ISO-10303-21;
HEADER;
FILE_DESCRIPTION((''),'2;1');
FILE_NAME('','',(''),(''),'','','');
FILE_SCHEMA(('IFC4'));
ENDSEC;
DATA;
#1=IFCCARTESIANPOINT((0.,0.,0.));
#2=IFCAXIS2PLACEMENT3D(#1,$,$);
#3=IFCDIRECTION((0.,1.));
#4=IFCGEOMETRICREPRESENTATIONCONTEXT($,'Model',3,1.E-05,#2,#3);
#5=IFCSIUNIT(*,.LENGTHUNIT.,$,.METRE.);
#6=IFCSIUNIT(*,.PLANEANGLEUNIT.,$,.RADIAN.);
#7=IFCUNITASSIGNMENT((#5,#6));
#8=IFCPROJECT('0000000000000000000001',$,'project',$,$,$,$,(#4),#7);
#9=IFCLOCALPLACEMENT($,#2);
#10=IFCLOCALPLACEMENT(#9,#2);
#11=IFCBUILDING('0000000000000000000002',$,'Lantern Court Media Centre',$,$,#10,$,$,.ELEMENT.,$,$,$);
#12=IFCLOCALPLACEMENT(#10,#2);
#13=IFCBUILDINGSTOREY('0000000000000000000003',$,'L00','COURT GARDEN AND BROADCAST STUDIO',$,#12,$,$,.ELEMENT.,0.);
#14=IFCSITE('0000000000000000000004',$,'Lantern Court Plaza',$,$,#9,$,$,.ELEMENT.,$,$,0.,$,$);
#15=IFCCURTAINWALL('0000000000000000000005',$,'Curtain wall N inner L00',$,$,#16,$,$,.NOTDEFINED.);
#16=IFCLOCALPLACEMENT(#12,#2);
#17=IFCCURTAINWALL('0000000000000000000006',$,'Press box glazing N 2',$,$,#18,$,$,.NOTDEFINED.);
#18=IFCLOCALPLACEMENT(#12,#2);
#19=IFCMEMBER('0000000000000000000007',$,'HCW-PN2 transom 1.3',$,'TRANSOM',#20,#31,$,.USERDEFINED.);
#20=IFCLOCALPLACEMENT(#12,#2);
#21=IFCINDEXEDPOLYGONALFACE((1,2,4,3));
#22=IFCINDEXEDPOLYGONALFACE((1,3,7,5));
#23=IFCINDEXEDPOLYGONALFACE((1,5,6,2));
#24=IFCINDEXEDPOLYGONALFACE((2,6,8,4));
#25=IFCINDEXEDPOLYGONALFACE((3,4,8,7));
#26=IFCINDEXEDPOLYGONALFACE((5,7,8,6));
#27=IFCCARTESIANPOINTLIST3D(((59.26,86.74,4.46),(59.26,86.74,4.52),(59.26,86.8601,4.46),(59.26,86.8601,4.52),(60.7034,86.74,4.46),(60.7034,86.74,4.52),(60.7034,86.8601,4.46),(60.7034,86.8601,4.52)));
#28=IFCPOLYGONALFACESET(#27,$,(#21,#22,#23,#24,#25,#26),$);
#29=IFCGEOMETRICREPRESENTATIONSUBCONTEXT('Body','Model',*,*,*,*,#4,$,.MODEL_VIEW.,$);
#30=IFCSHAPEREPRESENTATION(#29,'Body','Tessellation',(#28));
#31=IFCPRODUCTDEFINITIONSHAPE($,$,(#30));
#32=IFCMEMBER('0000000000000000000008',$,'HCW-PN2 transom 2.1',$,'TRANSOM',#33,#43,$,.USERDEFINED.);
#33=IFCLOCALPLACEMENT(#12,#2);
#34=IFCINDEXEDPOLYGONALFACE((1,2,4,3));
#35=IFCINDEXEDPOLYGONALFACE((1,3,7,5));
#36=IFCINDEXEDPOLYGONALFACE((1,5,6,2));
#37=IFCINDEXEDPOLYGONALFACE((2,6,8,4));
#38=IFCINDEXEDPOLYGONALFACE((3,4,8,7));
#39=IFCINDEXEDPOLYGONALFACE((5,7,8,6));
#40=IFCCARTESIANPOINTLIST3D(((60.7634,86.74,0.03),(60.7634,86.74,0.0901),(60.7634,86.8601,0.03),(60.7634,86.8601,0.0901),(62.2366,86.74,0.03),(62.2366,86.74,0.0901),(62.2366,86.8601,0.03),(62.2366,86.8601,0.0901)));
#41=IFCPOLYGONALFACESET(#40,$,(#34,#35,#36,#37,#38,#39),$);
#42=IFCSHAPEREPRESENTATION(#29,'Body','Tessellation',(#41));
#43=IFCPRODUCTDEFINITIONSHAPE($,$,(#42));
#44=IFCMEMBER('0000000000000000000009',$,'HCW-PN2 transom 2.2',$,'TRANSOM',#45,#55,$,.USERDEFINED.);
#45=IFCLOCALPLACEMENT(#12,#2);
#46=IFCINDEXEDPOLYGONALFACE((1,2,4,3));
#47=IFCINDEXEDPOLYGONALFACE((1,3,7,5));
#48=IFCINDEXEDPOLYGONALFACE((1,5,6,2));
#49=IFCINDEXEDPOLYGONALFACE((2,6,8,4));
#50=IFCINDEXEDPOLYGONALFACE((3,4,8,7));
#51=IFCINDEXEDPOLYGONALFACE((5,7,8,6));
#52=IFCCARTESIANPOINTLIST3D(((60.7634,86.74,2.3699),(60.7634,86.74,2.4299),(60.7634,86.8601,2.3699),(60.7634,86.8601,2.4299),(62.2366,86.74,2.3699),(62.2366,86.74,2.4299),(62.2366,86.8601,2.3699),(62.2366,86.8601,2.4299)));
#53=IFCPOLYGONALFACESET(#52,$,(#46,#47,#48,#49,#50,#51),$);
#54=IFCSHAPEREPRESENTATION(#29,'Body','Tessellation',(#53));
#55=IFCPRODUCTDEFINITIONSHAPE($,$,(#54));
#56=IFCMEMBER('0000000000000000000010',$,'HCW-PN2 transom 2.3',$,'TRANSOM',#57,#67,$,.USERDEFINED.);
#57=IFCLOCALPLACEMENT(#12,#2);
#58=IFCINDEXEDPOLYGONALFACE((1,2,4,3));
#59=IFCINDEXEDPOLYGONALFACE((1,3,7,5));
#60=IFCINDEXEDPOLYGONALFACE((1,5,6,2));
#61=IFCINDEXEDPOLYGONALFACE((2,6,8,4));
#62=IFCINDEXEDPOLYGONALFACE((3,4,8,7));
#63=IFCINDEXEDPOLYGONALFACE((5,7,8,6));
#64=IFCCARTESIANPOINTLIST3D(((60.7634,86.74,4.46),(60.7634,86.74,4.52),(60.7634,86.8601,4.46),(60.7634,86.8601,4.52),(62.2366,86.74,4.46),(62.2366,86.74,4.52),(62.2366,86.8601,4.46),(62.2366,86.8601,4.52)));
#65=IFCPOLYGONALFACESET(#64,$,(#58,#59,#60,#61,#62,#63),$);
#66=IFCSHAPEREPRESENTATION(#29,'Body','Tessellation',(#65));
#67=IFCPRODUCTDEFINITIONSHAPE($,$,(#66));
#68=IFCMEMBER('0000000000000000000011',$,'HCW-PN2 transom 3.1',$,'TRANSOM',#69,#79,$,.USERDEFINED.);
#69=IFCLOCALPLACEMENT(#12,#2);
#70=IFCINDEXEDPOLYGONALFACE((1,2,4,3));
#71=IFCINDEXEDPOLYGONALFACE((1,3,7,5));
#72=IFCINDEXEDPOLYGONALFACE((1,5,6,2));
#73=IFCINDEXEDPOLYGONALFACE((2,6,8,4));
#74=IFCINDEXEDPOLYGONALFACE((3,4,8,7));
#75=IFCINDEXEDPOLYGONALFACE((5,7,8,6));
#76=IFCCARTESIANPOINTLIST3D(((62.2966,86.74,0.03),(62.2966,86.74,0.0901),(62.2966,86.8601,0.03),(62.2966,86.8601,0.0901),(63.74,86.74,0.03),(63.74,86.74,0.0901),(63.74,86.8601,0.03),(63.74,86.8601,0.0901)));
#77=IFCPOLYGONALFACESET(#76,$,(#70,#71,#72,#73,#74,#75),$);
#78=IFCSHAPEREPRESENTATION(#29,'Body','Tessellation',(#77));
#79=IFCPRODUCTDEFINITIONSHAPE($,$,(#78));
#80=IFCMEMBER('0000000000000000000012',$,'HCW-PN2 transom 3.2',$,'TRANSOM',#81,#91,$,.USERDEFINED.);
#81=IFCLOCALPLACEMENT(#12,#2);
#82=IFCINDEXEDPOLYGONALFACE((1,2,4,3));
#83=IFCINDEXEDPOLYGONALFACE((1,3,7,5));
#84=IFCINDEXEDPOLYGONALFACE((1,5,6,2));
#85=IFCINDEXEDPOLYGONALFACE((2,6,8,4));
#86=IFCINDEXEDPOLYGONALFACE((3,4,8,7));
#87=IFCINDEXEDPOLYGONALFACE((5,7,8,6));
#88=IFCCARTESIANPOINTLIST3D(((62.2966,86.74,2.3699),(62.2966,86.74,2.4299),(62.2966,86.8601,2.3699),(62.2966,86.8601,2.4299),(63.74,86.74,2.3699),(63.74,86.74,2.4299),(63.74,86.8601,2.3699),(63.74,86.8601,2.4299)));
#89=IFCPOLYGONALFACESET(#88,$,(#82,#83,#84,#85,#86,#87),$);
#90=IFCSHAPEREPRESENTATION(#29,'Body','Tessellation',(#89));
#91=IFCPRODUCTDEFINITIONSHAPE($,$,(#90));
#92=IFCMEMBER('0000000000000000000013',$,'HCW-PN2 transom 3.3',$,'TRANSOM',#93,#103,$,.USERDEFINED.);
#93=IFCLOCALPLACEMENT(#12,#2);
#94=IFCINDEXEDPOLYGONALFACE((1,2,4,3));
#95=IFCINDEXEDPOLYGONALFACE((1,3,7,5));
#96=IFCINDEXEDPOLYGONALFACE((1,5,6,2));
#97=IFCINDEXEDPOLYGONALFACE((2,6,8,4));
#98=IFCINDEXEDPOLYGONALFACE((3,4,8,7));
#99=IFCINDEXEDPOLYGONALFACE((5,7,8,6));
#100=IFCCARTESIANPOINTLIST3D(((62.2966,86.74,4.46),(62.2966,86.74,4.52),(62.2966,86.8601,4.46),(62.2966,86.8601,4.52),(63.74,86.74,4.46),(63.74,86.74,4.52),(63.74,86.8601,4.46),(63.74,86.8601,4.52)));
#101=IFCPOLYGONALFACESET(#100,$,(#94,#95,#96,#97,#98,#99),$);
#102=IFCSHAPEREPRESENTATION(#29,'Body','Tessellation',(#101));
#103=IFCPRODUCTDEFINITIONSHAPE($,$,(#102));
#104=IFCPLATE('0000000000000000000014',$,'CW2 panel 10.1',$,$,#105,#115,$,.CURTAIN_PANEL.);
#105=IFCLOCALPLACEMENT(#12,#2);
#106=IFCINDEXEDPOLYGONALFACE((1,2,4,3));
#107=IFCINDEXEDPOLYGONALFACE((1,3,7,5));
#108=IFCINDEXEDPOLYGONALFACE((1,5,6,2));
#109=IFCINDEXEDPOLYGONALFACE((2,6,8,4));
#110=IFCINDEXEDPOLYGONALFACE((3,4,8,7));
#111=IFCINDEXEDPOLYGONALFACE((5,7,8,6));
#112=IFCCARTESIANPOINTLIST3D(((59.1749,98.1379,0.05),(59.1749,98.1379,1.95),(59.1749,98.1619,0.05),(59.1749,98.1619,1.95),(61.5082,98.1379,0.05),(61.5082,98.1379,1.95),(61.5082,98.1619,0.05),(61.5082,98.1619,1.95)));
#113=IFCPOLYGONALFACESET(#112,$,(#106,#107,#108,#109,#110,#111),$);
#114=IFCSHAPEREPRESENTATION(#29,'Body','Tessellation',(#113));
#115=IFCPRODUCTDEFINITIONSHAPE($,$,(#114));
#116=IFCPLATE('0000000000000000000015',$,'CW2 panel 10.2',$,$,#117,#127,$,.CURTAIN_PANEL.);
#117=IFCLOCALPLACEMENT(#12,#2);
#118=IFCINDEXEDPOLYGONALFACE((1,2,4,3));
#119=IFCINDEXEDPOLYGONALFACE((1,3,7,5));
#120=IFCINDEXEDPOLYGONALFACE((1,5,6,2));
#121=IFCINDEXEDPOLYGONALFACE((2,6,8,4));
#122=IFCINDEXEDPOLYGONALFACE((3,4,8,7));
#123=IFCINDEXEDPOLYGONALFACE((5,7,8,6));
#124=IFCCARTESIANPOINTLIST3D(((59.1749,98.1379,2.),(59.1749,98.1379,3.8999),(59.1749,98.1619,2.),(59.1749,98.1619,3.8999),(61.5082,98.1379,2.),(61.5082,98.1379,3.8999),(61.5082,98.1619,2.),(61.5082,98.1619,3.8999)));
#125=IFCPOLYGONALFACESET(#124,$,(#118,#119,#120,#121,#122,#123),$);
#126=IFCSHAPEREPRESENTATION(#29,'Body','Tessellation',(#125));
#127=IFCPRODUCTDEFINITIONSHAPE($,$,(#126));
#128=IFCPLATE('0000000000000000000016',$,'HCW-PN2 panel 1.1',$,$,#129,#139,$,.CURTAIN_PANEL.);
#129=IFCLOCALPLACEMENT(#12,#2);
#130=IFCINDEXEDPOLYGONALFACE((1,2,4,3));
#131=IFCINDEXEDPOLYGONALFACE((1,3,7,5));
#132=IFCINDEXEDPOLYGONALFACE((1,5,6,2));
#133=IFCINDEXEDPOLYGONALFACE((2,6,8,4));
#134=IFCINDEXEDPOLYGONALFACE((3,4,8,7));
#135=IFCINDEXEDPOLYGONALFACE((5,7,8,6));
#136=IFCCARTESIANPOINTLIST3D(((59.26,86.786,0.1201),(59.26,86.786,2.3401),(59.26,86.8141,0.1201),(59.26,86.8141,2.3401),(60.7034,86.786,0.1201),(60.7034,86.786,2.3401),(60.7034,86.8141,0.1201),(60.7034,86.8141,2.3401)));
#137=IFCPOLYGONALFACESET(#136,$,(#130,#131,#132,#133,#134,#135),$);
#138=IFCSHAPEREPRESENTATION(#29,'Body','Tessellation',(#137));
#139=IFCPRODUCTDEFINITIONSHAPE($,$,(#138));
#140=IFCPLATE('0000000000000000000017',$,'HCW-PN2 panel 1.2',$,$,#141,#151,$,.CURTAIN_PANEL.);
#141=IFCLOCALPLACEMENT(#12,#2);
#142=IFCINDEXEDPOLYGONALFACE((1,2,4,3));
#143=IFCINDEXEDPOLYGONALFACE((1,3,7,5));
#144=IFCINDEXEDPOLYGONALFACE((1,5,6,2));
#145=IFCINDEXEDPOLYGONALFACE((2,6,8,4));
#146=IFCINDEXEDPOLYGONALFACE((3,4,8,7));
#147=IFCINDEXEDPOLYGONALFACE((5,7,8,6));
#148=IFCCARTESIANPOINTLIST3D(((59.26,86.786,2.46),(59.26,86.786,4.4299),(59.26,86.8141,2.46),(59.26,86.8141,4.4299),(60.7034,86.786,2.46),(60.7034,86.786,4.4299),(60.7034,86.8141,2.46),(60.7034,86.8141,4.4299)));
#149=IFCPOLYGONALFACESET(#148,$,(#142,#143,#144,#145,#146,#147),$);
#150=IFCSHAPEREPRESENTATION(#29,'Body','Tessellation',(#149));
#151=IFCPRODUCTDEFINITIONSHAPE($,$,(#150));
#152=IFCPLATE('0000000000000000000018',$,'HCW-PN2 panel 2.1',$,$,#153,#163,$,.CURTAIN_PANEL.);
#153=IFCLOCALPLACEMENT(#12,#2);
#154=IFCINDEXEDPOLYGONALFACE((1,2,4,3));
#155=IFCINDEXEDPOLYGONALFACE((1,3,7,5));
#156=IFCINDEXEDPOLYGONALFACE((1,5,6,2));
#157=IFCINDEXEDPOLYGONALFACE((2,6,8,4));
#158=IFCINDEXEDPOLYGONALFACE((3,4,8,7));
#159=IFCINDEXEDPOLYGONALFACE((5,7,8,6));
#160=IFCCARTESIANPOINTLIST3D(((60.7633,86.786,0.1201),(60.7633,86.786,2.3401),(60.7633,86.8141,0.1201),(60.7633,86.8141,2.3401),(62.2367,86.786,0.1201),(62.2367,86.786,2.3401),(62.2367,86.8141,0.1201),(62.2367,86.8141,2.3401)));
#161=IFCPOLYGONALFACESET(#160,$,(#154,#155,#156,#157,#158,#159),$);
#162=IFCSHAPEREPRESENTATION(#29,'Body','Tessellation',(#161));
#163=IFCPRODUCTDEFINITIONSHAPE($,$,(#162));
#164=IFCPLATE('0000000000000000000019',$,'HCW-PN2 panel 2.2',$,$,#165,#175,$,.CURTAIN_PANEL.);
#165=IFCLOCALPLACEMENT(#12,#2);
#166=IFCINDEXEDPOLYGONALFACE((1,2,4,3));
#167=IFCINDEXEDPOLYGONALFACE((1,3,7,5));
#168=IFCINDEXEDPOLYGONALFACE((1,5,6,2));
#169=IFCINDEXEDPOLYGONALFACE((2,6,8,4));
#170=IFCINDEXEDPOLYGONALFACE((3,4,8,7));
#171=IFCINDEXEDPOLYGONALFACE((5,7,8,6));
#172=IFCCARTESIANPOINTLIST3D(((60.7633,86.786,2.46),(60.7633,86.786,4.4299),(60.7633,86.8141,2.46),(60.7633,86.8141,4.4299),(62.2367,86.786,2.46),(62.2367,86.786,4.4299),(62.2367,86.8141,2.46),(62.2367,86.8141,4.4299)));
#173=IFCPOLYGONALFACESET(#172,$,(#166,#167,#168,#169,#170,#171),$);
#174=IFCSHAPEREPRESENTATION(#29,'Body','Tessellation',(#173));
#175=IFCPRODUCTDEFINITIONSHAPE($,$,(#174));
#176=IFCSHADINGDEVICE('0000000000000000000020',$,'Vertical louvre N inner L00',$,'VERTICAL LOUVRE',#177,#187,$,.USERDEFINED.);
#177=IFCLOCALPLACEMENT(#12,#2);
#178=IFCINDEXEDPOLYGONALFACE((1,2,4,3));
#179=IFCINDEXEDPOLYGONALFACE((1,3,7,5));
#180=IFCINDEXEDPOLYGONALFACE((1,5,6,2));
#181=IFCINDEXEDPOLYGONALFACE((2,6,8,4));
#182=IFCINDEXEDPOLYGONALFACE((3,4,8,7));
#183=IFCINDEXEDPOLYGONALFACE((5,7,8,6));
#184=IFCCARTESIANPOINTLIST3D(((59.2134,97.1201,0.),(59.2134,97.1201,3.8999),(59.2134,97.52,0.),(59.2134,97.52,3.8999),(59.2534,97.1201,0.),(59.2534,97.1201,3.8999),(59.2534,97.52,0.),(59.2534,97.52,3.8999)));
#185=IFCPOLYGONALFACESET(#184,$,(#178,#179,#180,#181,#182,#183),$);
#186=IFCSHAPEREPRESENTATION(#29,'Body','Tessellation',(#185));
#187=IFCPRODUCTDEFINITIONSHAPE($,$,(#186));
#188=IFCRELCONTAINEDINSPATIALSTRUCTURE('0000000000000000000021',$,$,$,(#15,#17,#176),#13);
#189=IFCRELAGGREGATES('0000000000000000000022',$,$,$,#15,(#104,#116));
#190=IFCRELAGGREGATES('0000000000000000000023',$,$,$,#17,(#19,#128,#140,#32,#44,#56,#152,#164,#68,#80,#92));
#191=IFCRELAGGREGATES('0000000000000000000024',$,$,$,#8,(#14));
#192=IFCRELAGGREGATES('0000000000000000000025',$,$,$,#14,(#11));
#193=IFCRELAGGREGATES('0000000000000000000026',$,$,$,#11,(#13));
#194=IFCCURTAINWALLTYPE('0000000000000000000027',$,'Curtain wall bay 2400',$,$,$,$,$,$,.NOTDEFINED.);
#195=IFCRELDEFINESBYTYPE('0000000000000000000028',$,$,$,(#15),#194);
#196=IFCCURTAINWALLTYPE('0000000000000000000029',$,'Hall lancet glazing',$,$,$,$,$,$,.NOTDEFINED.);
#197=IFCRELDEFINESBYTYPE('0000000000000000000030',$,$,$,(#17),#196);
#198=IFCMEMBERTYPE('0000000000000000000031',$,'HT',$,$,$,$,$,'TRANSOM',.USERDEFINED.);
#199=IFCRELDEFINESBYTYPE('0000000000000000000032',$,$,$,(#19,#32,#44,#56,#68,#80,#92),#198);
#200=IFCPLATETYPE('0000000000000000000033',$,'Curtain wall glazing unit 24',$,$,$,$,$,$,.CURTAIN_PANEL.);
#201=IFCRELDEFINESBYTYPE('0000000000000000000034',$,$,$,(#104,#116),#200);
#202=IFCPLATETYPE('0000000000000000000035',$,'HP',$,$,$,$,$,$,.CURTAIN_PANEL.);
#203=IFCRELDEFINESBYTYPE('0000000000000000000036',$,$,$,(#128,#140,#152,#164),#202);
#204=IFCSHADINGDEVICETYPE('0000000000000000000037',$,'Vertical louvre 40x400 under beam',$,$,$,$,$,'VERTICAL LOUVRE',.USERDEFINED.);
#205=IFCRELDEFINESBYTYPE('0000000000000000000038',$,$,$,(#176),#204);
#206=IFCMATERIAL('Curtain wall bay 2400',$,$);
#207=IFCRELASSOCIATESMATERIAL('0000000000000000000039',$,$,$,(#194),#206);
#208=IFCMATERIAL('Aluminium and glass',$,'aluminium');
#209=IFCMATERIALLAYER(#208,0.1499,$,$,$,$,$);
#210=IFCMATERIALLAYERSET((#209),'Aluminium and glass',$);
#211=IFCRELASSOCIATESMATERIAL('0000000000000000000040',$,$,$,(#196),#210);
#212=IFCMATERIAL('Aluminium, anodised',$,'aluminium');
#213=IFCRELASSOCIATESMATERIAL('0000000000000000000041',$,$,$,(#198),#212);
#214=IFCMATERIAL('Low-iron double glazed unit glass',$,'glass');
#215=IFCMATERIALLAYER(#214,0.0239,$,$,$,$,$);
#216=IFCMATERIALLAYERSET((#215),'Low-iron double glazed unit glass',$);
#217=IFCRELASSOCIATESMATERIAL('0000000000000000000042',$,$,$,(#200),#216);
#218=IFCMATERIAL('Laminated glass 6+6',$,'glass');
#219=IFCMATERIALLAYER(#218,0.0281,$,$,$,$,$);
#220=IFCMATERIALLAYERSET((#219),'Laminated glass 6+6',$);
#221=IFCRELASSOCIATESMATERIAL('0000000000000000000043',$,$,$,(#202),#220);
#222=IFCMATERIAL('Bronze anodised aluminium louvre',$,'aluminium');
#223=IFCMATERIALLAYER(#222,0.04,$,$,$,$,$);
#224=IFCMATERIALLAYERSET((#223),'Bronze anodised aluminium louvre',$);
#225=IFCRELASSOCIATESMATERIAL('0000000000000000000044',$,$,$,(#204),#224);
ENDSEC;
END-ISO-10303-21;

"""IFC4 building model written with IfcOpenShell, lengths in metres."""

from ifc_helpers import new_model, si_unit, direction, frame, origin, origin_2d, place, context, subcontext, project, spatial, rectangle, extrude, material, layer, layer_set, material_profile, profile_set, type_object, element, aggregate, save


model = new_model("IFC4")

# Units and contexts
model_context = context("Model", 3, precision=1e-05, world=origin(), true_north=direction((0.0, 1.0)))
body_context = subcontext(model_context, "Body", "Model", "MODEL_VIEW")
ifc_project = project(units=[si_unit("LENGTHUNIT", "METRE"), si_unit("PLANEANGLEUNIT", "RADIAN")], contexts=[model_context])

# Site, building, storey
site_placement = place(None, origin())
site = spatial("IfcSite", under=ifc_project, at=site_placement, Name="Lantern Court Plaza", CompositionType="ELEMENT", RefElevation=0.0)
building_placement = place(site_placement, origin())
building = spatial("IfcBuilding", under=site, at=building_placement, Name="Lantern Court Media Centre", CompositionType="ELEMENT")
storey_placement = place(building_placement, origin())
storey = spatial("IfcBuildingStorey", under=building, at=storey_placement, Name="L00", Description="COURT GARDEN AND BROADCAST STUDIO", CompositionType="ELEMENT", Elevation=0.0)

# Curtain walls, members
ifc_material_1 = material(Name="Curtain wall bay 2400")
curtain_wall_type_1 = type_object("IfcCurtainWallType", Name="Curtain wall bay 2400", PredefinedType="NOTDEFINED", material=ifc_material_1)
curtain_wall_1_placement = place(storey_placement, origin())
curtain_wall_1 = element("IfcCurtainWall", 1, at=curtain_wall_1_placement, inside=storey, type_object=curtain_wall_type_1, Name="Curtain wall N inner L00", PredefinedType="NOTDEFINED")
ifc_material_2 = material(Name="Aluminium and glass", Category="aluminium")
ifc_layer_1 = layer(ifc_material_2, 0.1499)
ifc_layer_set_1 = layer_set([ifc_layer_1], Name="Aluminium and glass")
curtain_wall_type_2 = type_object("IfcCurtainWallType", Name="Hall lancet glazing", PredefinedType="NOTDEFINED", material=ifc_layer_set_1)
curtain_wall_2_placement = place(storey_placement, origin())
curtain_wall_2 = element("IfcCurtainWall", 2, at=curtain_wall_2_placement, inside=storey, type_object=curtain_wall_type_2, Name="Press box glazing N 2", PredefinedType="NOTDEFINED")
ifc_material_3 = material(Name="Aluminium, anodised", Category="aluminium")
ifc_material_profile_1 = material_profile(ifc_material_3, rectangle(XDim=0.1201, YDim=0.0601, at=origin_2d()), Name="HT")
ifc_profile_set_1 = profile_set([ifc_material_profile_1], Name="Aluminium, anodised")
member_type_1 = type_object("IfcMemberType", Name="HT", ElementType="TRANSOM", PredefinedType="USERDEFINED", material=ifc_profile_set_1)
member_1_placement = place(storey_placement, frame((59.26, 86.8, 4.49), z_axis=(1.0, 0.0, 0.0), x_axis=(0.0, 1.0, 0.0)))
member_1 = element("IfcMember", 3, at=member_1_placement, type_object=member_type_1, Name="HCW-PN2 transom 1.3", ObjectType="TRANSOM", PredefinedType="USERDEFINED", context=body_context, shape_type="SweptSolid", body=[
    extrude(rectangle(XDim=0.1201, YDim=0.0601, at=origin_2d()), origin(), (0.0, 0.0, 1.0), 1.4434),
])
member_2_placement = place(storey_placement, frame((60.7634, 86.8, 0.0601), z_axis=(1.0, 0.0, 0.0), x_axis=(0.0, 1.0, 0.0)))
member_2 = element("IfcMember", 4, at=member_2_placement, type_object=member_type_1, Name="HCW-PN2 transom 2.1", ObjectType="TRANSOM", PredefinedType="USERDEFINED", context=body_context, shape_type="SweptSolid", body=[
    extrude(rectangle(XDim=0.1201, YDim=0.0601, at=origin_2d()), origin(), (0.0, 0.0, 1.0), 1.4731),
])
member_3_placement = place(storey_placement, frame((60.7634, 86.8, 2.3999), z_axis=(1.0, 0.0, 0.0), x_axis=(0.0, 1.0, 0.0)))
member_3 = element("IfcMember", 5, at=member_3_placement, type_object=member_type_1, Name="HCW-PN2 transom 2.2", ObjectType="TRANSOM", PredefinedType="USERDEFINED", context=body_context, shape_type="SweptSolid", body=[
    extrude(rectangle(XDim=0.1201, YDim=0.0601, at=origin_2d()), origin(), (0.0, 0.0, 1.0), 1.4731),
])
member_4_placement = place(storey_placement, frame((60.7634, 86.8, 4.49), z_axis=(1.0, 0.0, 0.0), x_axis=(0.0, 1.0, 0.0)))
member_4 = element("IfcMember", 6, at=member_4_placement, type_object=member_type_1, Name="HCW-PN2 transom 2.3", ObjectType="TRANSOM", PredefinedType="USERDEFINED", context=body_context, shape_type="SweptSolid", body=[
    extrude(rectangle(XDim=0.1201, YDim=0.0601, at=origin_2d()), origin(), (0.0, 0.0, 1.0), 1.4731),
])
member_5_placement = place(storey_placement, frame((62.2966, 86.8, 0.0601), z_axis=(1.0, 0.0, 0.0), x_axis=(0.0, 1.0, 0.0)))
member_5 = element("IfcMember", 7, at=member_5_placement, type_object=member_type_1, Name="HCW-PN2 transom 3.1", ObjectType="TRANSOM", PredefinedType="USERDEFINED", context=body_context, shape_type="SweptSolid", body=[
    extrude(rectangle(XDim=0.1201, YDim=0.0601, at=origin_2d()), origin(), (0.0, 0.0, 1.0), 1.4434),
])
member_6_placement = place(storey_placement, frame((62.2966, 86.8, 2.3999), z_axis=(1.0, 0.0, 0.0), x_axis=(0.0, 1.0, 0.0)))
member_6 = element("IfcMember", 8, at=member_6_placement, type_object=member_type_1, Name="HCW-PN2 transom 3.2", ObjectType="TRANSOM", PredefinedType="USERDEFINED", context=body_context, shape_type="SweptSolid", body=[
    extrude(rectangle(XDim=0.1201, YDim=0.0601, at=origin_2d()), origin(), (0.0, 0.0, 1.0), 1.4434),
])
member_7_placement = place(storey_placement, frame((62.2966, 86.8, 4.49), z_axis=(1.0, 0.0, 0.0), x_axis=(0.0, 1.0, 0.0)))
member_7 = element("IfcMember", 9, at=member_7_placement, type_object=member_type_1, Name="HCW-PN2 transom 3.3", ObjectType="TRANSOM", PredefinedType="USERDEFINED", context=body_context, shape_type="SweptSolid", body=[
    extrude(rectangle(XDim=0.1201, YDim=0.0601, at=origin_2d()), origin(), (0.0, 0.0, 1.0), 1.4434),
])

# Plates
ifc_material_4 = material(Name="Low-iron double glazed unit glass", Category="glass")
ifc_layer_2 = layer(ifc_material_4, 0.0239)
ifc_layer_set_2 = layer_set([ifc_layer_2], Name="Low-iron double glazed unit glass")
plate_type_1 = type_object("IfcPlateType", Name="Curtain wall glazing unit 24", PredefinedType="CURTAIN_PANEL", material=ifc_layer_set_2)
plate_1_placement = place(storey_placement, frame((60.3416, 98.1499, 0.05), z_axis=(0.0, 0.0, 1.0), x_axis=(1.0, 0.0, 0.0)))
plate_1 = element("IfcPlate", 10, at=plate_1_placement, type_object=plate_type_1, Name="CW2 panel 10.1", PredefinedType="CURTAIN_PANEL", context=body_context, shape_type="SweptSolid", body=[
    extrude(rectangle(XDim=2.3333, YDim=0.0239, at=origin_2d()), origin(), (0.0, 0.0, 1.0), 1.8999),
])
plate_2_placement = place(storey_placement, frame((60.3416, 98.1499, 2.0), z_axis=(0.0, 0.0, 1.0), x_axis=(1.0, 0.0, 0.0)))
plate_2 = element("IfcPlate", 11, at=plate_2_placement, type_object=plate_type_1, Name="CW2 panel 10.2", PredefinedType="CURTAIN_PANEL", context=body_context, shape_type="SweptSolid", body=[
    extrude(rectangle(XDim=2.3333, YDim=0.0239, at=origin_2d()), origin(), (0.0, 0.0, 1.0), 1.8999),
])
aggregate(curtain_wall_1, [plate_1, plate_2])
ifc_material_5 = material(Name="Laminated glass 6+6", Category="glass")
ifc_layer_3 = layer(ifc_material_5, 0.0281)
ifc_layer_set_3 = layer_set([ifc_layer_3], Name="Laminated glass 6+6")
plate_type_2 = type_object("IfcPlateType", Name="HP", PredefinedType="CURTAIN_PANEL", material=ifc_layer_set_3)
plate_3_placement = place(storey_placement, frame((59.9817, 86.8, 0.1201), z_axis=(0.0, 0.0, 1.0), x_axis=(1.0, 0.0, 0.0)))
plate_3 = element("IfcPlate", 12, at=plate_3_placement, type_object=plate_type_2, Name="HCW-PN2 panel 1.1", PredefinedType="CURTAIN_PANEL", context=body_context, shape_type="SweptSolid", body=[
    extrude(rectangle(XDim=1.4434, YDim=0.0281, at=origin_2d()), origin(), (0.0, 0.0, 1.0), 2.22),
])
plate_4_placement = place(storey_placement, frame((59.9817, 86.8, 2.46), z_axis=(0.0, 0.0, 1.0), x_axis=(1.0, 0.0, 0.0)))
plate_4 = element("IfcPlate", 13, at=plate_4_placement, type_object=plate_type_2, Name="HCW-PN2 panel 1.2", PredefinedType="CURTAIN_PANEL", context=body_context, shape_type="SweptSolid", body=[
    extrude(rectangle(XDim=1.4434, YDim=0.0281, at=origin_2d()), origin(), (0.0, 0.0, 1.0), 1.97),
])
plate_5_placement = place(storey_placement, frame((61.5, 86.8, 0.1201), z_axis=(0.0, 0.0, 1.0), x_axis=(1.0, 0.0, 0.0)))
plate_5 = element("IfcPlate", 14, at=plate_5_placement, type_object=plate_type_2, Name="HCW-PN2 panel 2.1", PredefinedType="CURTAIN_PANEL", context=body_context, shape_type="SweptSolid", body=[
    extrude(rectangle(XDim=1.4734, YDim=0.0281, at=origin_2d()), origin(), (0.0, 0.0, 1.0), 2.22),
])
plate_6_placement = place(storey_placement, frame((61.5, 86.8, 2.46), z_axis=(0.0, 0.0, 1.0), x_axis=(1.0, 0.0, 0.0)))
plate_6 = element("IfcPlate", 15, at=plate_6_placement, type_object=plate_type_2, Name="HCW-PN2 panel 2.2", PredefinedType="CURTAIN_PANEL", context=body_context, shape_type="SweptSolid", body=[
    extrude(rectangle(XDim=1.4734, YDim=0.0281, at=origin_2d()), origin(), (0.0, 0.0, 1.0), 1.97),
])
aggregate(curtain_wall_2, [member_1, plate_3, plate_4, member_2, member_3, member_4, plate_5, plate_6, member_5, member_6, member_7])

# Shading device
ifc_material_6 = material(Name="Bronze anodised aluminium louvre", Category="aluminium")
ifc_layer_4 = layer(ifc_material_6, 0.04)
ifc_layer_set_4 = layer_set([ifc_layer_4], Name="Bronze anodised aluminium louvre")
shading_device_type = type_object("IfcShadingDeviceType", Name="Vertical louvre 40x400 under beam", ElementType="VERTICAL LOUVRE", PredefinedType="USERDEFINED", material=ifc_layer_set_4)
for number, where, z_axis, x_axis, name in (
    (16, (59.2334, 97.3201, 0.0), (0.0, 0.0, 1.0), (1.0, 0.0, 0.0), "Vertical louvre N inner L00"),
):
    element("IfcShadingDevice", number, at=place(storey_placement, frame(where, z_axis=z_axis, x_axis=x_axis)), inside=storey, type_object=shading_device_type, Name=name, ObjectType="VERTICAL LOUVRE", PredefinedType="USERDEFINED", context=body_context, shape_type="SweptSolid", body=[
        extrude(rectangle(XDim=0.04, YDim=0.3999, at=origin_2d()), origin(), (0.0, 0.0, 1.0), 3.8999),
    ])

save(model, "model.ifc")
